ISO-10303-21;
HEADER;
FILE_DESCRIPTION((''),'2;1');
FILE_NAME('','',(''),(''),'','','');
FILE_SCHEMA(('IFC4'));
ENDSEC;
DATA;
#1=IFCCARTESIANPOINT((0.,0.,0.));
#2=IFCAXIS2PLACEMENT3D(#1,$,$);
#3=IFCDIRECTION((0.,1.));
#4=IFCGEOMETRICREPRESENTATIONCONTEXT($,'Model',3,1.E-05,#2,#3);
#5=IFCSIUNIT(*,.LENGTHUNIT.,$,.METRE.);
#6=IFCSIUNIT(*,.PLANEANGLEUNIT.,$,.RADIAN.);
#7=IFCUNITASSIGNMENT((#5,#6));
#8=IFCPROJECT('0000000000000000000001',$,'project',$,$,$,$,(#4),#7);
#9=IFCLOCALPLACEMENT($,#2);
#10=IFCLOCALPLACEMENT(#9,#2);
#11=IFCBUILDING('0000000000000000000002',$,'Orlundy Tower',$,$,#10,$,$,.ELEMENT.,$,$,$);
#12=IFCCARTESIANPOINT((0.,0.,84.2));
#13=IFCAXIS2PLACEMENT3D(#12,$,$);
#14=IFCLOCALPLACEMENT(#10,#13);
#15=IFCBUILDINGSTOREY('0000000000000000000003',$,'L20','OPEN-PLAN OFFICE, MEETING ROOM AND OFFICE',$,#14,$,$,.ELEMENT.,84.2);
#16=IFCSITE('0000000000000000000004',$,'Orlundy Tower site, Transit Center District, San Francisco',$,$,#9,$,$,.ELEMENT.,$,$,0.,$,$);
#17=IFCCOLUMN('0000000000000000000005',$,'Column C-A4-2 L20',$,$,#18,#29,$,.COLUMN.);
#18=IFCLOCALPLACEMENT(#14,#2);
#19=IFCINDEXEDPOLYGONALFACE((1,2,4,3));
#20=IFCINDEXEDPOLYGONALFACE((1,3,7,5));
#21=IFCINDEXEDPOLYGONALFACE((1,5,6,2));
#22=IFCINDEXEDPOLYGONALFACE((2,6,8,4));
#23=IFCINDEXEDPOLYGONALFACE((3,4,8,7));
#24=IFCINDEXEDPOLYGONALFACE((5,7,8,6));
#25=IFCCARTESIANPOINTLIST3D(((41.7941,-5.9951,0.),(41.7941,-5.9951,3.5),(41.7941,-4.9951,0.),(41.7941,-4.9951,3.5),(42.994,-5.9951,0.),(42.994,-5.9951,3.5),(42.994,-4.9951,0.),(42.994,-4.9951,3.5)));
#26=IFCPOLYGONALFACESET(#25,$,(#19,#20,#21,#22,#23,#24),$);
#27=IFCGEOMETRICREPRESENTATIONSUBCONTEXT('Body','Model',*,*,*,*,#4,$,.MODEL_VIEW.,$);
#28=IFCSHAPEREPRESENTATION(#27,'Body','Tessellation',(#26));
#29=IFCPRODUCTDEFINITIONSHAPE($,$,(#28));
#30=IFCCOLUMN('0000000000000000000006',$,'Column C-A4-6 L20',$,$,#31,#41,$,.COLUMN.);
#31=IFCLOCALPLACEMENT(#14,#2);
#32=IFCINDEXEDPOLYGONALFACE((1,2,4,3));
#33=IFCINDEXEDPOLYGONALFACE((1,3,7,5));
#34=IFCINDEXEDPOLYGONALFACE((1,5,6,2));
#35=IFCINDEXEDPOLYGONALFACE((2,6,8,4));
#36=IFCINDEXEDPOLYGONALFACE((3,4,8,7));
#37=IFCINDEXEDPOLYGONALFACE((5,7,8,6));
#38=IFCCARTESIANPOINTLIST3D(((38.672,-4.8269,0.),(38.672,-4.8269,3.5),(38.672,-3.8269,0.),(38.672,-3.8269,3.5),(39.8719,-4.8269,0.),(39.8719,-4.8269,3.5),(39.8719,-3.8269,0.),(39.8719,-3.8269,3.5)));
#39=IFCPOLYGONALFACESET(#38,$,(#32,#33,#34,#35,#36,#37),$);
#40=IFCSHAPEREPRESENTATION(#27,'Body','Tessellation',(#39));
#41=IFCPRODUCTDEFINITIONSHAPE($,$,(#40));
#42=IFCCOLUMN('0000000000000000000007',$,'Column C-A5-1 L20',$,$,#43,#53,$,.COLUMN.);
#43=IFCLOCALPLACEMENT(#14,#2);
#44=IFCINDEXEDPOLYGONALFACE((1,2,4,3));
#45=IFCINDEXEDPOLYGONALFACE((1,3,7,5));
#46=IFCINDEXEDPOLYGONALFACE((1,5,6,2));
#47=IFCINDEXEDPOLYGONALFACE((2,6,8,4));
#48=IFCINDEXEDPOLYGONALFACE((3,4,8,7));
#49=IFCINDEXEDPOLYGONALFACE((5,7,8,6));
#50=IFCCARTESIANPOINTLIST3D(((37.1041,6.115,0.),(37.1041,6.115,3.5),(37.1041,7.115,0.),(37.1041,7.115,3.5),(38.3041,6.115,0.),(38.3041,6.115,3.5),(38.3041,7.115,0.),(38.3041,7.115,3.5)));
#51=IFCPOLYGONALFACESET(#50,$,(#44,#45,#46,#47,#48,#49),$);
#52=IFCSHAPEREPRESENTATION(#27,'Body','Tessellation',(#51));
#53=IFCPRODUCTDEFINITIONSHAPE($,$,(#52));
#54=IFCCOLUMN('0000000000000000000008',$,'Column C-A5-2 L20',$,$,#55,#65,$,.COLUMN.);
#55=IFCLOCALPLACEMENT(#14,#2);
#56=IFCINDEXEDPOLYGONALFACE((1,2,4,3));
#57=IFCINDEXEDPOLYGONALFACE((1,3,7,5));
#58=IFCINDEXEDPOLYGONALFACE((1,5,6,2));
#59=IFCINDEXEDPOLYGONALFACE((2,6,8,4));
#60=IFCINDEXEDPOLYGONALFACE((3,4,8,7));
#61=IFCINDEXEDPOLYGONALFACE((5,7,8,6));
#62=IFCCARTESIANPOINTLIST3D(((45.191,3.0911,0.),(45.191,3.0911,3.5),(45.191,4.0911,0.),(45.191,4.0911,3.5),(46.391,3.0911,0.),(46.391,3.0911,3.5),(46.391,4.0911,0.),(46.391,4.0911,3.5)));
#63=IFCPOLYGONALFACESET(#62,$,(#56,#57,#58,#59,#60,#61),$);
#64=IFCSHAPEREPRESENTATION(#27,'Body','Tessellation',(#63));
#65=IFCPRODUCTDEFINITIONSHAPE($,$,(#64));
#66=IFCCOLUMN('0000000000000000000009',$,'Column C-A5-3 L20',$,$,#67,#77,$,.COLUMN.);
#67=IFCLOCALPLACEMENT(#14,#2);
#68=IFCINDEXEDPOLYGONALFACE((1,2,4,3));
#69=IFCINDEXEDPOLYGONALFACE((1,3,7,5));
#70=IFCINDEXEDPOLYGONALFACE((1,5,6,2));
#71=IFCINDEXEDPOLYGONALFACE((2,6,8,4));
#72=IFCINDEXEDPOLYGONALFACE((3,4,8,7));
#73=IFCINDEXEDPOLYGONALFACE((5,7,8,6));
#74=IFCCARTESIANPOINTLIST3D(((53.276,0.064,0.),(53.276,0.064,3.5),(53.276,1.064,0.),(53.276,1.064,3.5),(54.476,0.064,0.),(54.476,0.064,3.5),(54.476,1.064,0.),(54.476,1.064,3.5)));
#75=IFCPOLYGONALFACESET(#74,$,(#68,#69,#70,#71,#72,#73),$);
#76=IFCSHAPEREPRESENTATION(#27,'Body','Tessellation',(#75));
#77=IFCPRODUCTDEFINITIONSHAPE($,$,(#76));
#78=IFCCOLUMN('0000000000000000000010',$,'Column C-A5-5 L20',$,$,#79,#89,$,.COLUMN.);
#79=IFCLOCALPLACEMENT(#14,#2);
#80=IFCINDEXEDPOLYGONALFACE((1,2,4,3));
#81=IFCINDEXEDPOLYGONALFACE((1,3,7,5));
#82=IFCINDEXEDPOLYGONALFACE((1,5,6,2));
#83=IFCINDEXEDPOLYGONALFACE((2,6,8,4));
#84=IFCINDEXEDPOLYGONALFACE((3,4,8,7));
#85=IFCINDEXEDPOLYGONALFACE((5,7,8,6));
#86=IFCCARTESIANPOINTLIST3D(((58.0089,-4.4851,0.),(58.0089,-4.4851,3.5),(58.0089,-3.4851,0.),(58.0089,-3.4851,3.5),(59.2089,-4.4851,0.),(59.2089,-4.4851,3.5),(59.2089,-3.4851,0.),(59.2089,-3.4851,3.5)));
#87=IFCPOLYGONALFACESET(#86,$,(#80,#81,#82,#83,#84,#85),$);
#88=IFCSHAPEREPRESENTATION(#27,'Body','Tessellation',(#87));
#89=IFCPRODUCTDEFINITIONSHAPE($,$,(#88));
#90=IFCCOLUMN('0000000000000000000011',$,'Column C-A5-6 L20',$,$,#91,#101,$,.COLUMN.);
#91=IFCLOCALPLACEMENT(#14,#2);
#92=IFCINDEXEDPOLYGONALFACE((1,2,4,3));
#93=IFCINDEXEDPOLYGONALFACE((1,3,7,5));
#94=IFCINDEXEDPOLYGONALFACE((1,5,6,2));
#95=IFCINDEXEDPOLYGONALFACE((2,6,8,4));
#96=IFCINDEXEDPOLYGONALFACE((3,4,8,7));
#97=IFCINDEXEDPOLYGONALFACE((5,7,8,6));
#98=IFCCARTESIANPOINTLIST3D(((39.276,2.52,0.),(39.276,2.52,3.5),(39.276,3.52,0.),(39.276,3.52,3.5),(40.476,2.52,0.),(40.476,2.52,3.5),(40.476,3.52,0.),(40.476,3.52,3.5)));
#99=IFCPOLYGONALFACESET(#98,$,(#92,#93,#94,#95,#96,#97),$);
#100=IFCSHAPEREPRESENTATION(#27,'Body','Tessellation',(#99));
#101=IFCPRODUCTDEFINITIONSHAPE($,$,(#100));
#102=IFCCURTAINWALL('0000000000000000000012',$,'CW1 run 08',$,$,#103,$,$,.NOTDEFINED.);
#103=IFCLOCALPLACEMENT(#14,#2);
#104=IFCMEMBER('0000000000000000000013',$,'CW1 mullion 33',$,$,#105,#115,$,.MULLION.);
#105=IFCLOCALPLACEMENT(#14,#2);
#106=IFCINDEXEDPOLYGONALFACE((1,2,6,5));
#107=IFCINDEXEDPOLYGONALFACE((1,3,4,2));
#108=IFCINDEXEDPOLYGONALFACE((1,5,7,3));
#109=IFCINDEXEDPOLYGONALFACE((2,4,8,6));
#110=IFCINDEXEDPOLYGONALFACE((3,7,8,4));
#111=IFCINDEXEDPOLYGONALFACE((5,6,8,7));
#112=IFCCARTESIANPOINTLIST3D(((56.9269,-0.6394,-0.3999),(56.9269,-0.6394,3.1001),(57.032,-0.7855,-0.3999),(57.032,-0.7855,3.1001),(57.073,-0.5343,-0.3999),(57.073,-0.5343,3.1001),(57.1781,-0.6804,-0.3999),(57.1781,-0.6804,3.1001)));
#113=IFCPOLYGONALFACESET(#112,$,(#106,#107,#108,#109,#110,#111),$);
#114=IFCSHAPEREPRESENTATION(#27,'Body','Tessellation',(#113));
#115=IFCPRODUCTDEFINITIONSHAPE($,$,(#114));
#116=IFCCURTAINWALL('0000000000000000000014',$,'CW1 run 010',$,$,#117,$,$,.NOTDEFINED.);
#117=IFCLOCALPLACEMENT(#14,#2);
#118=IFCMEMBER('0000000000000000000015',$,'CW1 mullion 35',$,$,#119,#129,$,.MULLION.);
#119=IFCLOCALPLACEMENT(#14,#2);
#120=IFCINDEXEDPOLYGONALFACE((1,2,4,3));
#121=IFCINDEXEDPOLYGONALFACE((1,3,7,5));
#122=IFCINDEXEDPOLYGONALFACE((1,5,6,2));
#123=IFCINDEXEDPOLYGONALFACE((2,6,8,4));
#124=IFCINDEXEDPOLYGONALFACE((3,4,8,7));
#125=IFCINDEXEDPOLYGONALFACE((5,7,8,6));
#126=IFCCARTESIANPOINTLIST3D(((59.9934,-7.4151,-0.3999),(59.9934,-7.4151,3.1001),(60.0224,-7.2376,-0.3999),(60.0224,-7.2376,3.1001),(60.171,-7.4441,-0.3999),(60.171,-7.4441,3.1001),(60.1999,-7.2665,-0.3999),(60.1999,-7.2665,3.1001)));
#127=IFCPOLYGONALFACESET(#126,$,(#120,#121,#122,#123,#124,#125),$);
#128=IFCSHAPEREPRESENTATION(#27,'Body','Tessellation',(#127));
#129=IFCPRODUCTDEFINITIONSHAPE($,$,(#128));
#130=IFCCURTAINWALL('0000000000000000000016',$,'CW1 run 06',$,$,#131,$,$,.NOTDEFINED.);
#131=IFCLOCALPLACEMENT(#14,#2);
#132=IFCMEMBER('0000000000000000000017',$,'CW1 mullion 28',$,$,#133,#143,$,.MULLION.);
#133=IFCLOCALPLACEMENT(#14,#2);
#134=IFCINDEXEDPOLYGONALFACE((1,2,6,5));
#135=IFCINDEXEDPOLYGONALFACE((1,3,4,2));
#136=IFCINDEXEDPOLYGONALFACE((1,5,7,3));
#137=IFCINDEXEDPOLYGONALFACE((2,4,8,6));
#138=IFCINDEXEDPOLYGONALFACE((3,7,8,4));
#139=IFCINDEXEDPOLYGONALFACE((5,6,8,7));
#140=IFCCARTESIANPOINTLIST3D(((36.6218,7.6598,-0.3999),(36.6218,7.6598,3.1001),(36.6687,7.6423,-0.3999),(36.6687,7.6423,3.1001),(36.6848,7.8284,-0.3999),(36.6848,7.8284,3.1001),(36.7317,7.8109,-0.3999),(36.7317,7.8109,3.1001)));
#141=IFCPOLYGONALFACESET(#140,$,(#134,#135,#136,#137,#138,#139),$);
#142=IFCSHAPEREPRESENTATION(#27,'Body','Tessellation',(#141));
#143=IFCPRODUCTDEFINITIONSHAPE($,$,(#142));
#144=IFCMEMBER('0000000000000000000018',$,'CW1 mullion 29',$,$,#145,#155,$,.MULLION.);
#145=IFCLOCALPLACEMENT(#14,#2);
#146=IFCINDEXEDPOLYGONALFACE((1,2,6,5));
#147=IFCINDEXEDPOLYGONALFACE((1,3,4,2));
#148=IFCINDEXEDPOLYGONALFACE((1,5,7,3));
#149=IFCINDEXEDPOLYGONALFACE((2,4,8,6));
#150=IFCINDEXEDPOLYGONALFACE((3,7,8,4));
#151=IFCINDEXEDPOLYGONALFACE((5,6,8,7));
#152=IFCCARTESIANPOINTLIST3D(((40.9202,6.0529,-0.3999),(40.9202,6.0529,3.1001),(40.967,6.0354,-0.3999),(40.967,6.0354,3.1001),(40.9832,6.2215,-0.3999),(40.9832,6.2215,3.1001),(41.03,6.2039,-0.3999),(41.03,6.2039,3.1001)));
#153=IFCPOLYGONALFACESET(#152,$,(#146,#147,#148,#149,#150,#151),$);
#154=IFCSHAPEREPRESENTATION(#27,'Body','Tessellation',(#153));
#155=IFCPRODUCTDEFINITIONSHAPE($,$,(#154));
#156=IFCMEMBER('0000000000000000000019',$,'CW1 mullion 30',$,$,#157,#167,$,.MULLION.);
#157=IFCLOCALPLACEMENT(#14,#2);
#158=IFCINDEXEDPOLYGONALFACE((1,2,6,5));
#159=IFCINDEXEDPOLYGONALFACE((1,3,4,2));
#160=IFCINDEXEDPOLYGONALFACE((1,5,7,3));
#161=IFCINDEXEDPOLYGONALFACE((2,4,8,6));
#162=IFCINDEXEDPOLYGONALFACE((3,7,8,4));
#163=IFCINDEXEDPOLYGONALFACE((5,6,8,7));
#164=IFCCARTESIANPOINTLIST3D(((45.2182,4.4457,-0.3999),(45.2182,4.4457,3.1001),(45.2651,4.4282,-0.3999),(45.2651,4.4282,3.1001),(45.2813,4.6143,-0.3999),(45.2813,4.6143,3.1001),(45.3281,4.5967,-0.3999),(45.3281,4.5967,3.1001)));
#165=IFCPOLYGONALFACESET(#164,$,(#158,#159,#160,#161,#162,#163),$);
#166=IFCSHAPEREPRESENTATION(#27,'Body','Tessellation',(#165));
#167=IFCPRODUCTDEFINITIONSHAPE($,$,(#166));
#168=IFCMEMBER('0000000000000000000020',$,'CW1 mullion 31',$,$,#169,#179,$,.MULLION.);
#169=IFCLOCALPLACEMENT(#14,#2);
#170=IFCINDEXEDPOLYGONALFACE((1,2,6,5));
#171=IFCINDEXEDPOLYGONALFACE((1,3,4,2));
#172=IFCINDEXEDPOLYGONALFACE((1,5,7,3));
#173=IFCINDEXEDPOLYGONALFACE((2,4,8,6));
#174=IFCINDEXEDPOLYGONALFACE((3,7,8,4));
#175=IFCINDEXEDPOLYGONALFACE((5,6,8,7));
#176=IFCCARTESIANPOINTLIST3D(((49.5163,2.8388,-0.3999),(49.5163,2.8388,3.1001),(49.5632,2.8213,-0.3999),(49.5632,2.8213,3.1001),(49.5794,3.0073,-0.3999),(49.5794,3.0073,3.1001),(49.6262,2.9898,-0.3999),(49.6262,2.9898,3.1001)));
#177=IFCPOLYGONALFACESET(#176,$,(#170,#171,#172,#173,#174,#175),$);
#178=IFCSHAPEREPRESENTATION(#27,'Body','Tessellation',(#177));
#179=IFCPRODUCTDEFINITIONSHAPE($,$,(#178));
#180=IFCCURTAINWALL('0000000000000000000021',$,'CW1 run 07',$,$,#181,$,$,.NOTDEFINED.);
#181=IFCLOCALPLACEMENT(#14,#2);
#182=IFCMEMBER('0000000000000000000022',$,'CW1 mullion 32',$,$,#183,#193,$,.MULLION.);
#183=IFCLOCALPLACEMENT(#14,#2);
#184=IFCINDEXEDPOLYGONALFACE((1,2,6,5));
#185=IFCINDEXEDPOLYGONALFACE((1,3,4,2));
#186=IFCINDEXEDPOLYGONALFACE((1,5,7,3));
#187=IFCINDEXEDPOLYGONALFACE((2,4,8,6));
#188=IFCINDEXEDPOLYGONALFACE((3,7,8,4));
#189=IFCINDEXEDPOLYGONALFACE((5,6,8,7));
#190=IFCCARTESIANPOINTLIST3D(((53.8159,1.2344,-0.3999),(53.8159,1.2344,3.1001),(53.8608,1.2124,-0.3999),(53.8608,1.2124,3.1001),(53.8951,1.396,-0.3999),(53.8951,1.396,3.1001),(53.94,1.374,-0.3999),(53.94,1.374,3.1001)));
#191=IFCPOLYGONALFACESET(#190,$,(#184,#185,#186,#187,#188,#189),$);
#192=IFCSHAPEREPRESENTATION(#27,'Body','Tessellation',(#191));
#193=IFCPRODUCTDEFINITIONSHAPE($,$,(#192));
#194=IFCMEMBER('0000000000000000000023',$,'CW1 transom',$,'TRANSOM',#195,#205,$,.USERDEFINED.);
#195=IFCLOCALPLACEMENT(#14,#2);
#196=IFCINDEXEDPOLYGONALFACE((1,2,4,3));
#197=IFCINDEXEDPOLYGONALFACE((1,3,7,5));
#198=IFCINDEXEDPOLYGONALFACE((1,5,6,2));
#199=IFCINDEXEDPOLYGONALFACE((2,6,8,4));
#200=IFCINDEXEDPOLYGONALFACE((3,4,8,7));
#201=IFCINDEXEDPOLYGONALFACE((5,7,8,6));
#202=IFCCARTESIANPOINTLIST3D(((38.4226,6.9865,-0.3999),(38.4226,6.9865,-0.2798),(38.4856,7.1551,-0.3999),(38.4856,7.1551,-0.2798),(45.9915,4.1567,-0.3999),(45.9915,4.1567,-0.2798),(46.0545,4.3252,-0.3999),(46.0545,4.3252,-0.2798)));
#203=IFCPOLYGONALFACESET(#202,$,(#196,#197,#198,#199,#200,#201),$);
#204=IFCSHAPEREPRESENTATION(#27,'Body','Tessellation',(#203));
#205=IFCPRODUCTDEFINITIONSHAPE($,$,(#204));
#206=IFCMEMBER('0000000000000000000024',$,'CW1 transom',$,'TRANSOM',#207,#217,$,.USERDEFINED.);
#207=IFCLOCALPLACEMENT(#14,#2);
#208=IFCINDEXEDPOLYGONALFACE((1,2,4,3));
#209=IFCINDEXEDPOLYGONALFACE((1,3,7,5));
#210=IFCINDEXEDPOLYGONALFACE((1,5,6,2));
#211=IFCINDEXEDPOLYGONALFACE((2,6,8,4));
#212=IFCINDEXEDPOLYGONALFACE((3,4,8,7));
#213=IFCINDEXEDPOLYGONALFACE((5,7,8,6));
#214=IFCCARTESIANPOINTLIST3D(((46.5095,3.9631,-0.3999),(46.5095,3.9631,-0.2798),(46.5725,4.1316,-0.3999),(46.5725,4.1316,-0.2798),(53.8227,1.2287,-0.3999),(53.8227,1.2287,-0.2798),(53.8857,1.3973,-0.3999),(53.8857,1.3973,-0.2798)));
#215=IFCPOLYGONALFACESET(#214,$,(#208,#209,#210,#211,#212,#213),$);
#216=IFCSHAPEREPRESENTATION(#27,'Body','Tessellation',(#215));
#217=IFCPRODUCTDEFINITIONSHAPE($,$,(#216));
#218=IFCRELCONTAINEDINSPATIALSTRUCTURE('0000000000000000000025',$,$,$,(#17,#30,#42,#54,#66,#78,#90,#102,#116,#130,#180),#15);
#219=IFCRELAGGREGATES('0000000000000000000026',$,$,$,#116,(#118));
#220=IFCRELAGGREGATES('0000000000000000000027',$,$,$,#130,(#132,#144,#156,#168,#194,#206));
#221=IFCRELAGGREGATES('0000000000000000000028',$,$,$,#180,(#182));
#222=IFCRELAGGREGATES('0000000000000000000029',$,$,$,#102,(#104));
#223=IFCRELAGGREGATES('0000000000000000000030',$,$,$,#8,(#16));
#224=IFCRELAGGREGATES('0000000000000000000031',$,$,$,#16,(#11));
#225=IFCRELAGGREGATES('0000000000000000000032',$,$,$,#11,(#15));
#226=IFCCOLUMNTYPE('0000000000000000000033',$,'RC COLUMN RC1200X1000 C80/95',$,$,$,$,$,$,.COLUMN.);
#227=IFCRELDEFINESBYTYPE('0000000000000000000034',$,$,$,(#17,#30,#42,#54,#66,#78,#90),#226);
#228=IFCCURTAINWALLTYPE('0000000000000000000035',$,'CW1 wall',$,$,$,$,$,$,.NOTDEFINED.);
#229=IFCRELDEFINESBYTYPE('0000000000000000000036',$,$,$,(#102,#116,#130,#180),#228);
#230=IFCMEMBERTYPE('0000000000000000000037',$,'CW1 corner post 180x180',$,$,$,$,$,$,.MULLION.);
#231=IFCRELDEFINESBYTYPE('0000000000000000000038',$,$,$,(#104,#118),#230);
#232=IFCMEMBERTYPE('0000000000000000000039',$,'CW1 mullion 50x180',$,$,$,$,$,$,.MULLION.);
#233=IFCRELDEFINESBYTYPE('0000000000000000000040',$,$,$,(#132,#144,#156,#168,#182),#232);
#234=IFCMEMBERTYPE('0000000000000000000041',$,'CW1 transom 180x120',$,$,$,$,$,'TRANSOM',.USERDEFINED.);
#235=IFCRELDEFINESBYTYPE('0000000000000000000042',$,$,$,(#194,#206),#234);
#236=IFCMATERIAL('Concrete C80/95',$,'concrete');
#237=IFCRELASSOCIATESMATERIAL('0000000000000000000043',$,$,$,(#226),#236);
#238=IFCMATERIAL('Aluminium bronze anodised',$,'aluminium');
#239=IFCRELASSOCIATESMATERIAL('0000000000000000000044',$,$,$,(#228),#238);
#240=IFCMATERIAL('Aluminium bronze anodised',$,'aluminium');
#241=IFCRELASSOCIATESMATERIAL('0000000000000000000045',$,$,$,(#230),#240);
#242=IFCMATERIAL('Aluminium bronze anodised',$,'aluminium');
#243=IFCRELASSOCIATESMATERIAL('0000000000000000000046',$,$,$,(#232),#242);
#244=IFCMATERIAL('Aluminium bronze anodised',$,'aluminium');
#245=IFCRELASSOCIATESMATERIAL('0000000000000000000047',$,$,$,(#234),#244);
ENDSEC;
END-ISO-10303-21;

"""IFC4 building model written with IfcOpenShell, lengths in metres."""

from ifc_helpers import new_model, si_unit, direction, frame, origin, origin_2d, place, context, subcontext, project, spatial, rectangle, extrude, material, material_profile, profile_set, type_object, element, aggregate, save


model = new_model("IFC4")

# Units and contexts
model_context = context("Model", 3, precision=1e-05, world=origin(), true_north=direction((0.0, 1.0)))
body_context = subcontext(model_context, "Body", "Model", "MODEL_VIEW")
ifc_project = project(units=[si_unit("LENGTHUNIT", "METRE"), si_unit("PLANEANGLEUNIT", "RADIAN")], contexts=[model_context])

# Site, building, storey
site_placement = place(None, origin())
site = spatial("IfcSite", under=ifc_project, at=site_placement, Name="Orlundy Tower site, Transit Center District, San Francisco", CompositionType="ELEMENT", RefElevation=0.0)
building_placement = place(site_placement, origin())
building = spatial("IfcBuilding", under=site, at=building_placement, Name="Orlundy Tower", CompositionType="ELEMENT")
storey_placement = place(building_placement, frame((0.0, 0.0, 84.2)))
storey = spatial("IfcBuildingStorey", under=building, at=storey_placement, Name="L20", Description="OPEN-PLAN OFFICE, MEETING ROOM AND OFFICE", CompositionType="ELEMENT", Elevation=84.2)

# Columns
ifc_material_1 = material(Name="Concrete C80/95", Category="concrete")
ifc_material_profile_1 = material_profile(ifc_material_1, rectangle(XDim=1.2, YDim=1.0, at=origin_2d()), Name="RC1200X1000")
ifc_profile_set_1 = profile_set([ifc_material_profile_1], Name="Concrete C80/95")
column_type = type_object("IfcColumnType", Name="RC COLUMN RC1200X1000 C80/95", PredefinedType="COLUMN", material=ifc_profile_set_1)
for number, where, z_axis, x_axis, name in (
    (1, (42.394, -5.4951, 0.0), (0.0, 0.0, 1.0), (1.0, 0.0, 0.0), "Column C-A4-2 L20"),
    (2, (39.272, -4.3269, 0.0), (0.0, 0.0, 1.0), (1.0, 0.0, 0.0), "Column C-A4-6 L20"),
    (3, (37.7041, 6.615, 0.0), (0.0, 0.0, 1.0), (1.0, 0.0, 0.0), "Column C-A5-1 L20"),
    (4, (45.791, 3.5911, 0.0), (0.0, 0.0, 1.0), (1.0, 0.0, 0.0), "Column C-A5-2 L20"),
    (5, (53.876, 0.564, 0.0), (0.0, 0.0, 1.0), (1.0, 0.0, 0.0), "Column C-A5-3 L20"),
    (6, (58.6089, -3.9851, 0.0), (0.0, 0.0, 1.0), (1.0, 0.0, 0.0), "Column C-A5-5 L20"),
    (7, (39.876, 3.02, 0.0), (0.0, 0.0, 1.0), (1.0, 0.0, 0.0), "Column C-A5-6 L20"),
):
    element("IfcColumn", number, at=place(storey_placement, frame(where, z_axis=z_axis, x_axis=x_axis)), inside=storey, type_object=column_type, Name=name, PredefinedType="COLUMN", context=body_context, shape_type="SweptSolid", body=[
        extrude(rectangle(XDim=1.2, YDim=1.0, at=origin_2d()), origin(), (0.0, 0.0, 1.0), 3.5),
    ])

# Curtain walls, members
ifc_material_2 = material(Name="Aluminium bronze anodised", Category="aluminium")
curtain_wall_type = type_object("IfcCurtainWallType", Name="CW1 wall", PredefinedType="NOTDEFINED", material=ifc_material_2)
curtain_wall_1_placement = place(storey_placement, origin())
curtain_wall_1 = element("IfcCurtainWall", 8, at=curtain_wall_1_placement, inside=storey, type_object=curtain_wall_type, Name="CW1 run 08", PredefinedType="NOTDEFINED")
ifc_material_3 = material(Name="Aluminium bronze anodised", Category="aluminium")
ifc_material_profile_2 = material_profile(ifc_material_3, rectangle(XDim=0.1799, YDim=0.1799, at=origin_2d()), Name="CW1 corner post 180x180")
ifc_profile_set_2 = profile_set([ifc_material_profile_2], Name="Aluminium bronze anodised")
member_type_1 = type_object("IfcMemberType", Name="CW1 corner post 180x180", PredefinedType="MULLION", material=ifc_profile_set_2)
member_1_placement = place(storey_placement, frame((57.0525, -0.6599, -0.3999), z_axis=(0.0, 0.0, 1.0), x_axis=(0.811724, 0.584042, 0.0)))
member_1 = element("IfcMember", 9, at=member_1_placement, type_object=member_type_1, Name="CW1 mullion 33", PredefinedType="MULLION", context=body_context, shape_type="SweptSolid", body=[
    extrude(rectangle(XDim=0.1799, YDim=0.1799, at=origin_2d()), origin(), (0.0, 0.0, 1.0), 3.5),
])
curtain_wall_2_placement = place(storey_placement, origin())
curtain_wall_2 = element("IfcCurtainWall", 10, at=curtain_wall_2_placement, inside=storey, type_object=curtain_wall_type, Name="CW1 run 010", PredefinedType="NOTDEFINED")
member_2_placement = place(storey_placement, frame((60.0967, -7.3408, -0.3999), z_axis=(0.0, 0.0, 1.0), x_axis=(0.986985, -0.16081, 0.0)))
member_2 = element("IfcMember", 11, at=member_2_placement, type_object=member_type_1, Name="CW1 mullion 35", PredefinedType="MULLION", context=body_context, shape_type="SweptSolid", body=[
    extrude(rectangle(XDim=0.1799, YDim=0.1799, at=origin_2d()), origin(), (0.0, 0.0, 1.0), 3.5),
])

# Curtain wall, members
curtain_wall_3_placement = place(storey_placement, origin())
curtain_wall_3 = element("IfcCurtainWall", 12, at=curtain_wall_3_placement, inside=storey, type_object=curtain_wall_type, Name="CW1 run 06", PredefinedType="NOTDEFINED")
ifc_material_4 = material(Name="Aluminium bronze anodised", Category="aluminium")
ifc_material_profile_3 = material_profile(ifc_material_4, rectangle(XDim=0.1799, YDim=0.05, at=origin_2d()), Name="CW1 mullion 50x180")
ifc_profile_set_3 = profile_set([ifc_material_profile_3], Name="Aluminium bronze anodised")
member_type_2 = type_object("IfcMemberType", Name="CW1 mullion 50x180", PredefinedType="MULLION", material=ifc_profile_set_3)
member_3_placement = place(storey_placement, frame((36.6768, 7.7354, -0.3999), z_axis=(0.0, 0.0, 1.0), x_axis=(0.350204, 0.936674, 0.0)))
member_3 = element("IfcMember", 13, at=member_3_placement, type_object=member_type_2, Name="CW1 mullion 28", PredefinedType="MULLION", context=body_context, shape_type="SweptSolid", body=[
    extrude(rectangle(XDim=0.1799, YDim=0.05, at=origin_2d()), origin(), (0.0, 0.0, 1.0), 3.5),
])
member_4_placement = place(storey_placement, frame((40.9751, 6.1284, -0.3999), z_axis=(0.0, 0.0, 1.0), x_axis=(0.350204, 0.936674, 0.0)))
member_4 = element("IfcMember", 14, at=member_4_placement, type_object=member_type_2, Name="CW1 mullion 29", PredefinedType="MULLION", context=body_context, shape_type="SweptSolid", body=[
    extrude(rectangle(XDim=0.1799, YDim=0.05, at=origin_2d()), origin(), (0.0, 0.0, 1.0), 3.5),
])
member_5_placement = place(storey_placement, frame((45.2732, 4.5212, -0.3999), z_axis=(0.0, 0.0, 1.0), x_axis=(0.350204, 0.936674, 0.0)))
member_5 = element("IfcMember", 15, at=member_5_placement, type_object=member_type_2, Name="CW1 mullion 30", PredefinedType="MULLION", context=body_context, shape_type="SweptSolid", body=[
    extrude(rectangle(XDim=0.1799, YDim=0.05, at=origin_2d()), origin(), (0.0, 0.0, 1.0), 3.5),
])
member_6_placement = place(storey_placement, frame((49.5713, 2.9143, -0.3999), z_axis=(0.0, 0.0, 1.0), x_axis=(0.350204, 0.936674, 0.0)))
member_6 = element("IfcMember", 16, at=member_6_placement, type_object=member_type_2, Name="CW1 mullion 31", PredefinedType="MULLION", context=body_context, shape_type="SweptSolid", body=[
    extrude(rectangle(XDim=0.1799, YDim=0.05, at=origin_2d()), origin(), (0.0, 0.0, 1.0), 3.5),
])

# Curtain wall, member
curtain_wall_4_placement = place(storey_placement, origin())
curtain_wall_4 = element("IfcCurtainWall", 17, at=curtain_wall_4_placement, inside=storey, type_object=curtain_wall_type, Name="CW1 run 07", PredefinedType="NOTDEFINED")
member_7_placement = place(storey_placement, frame((53.8779, 1.3042, -0.3999), z_axis=(0.0, 0.0, 1.0), x_axis=(0.440276, 0.897862, 0.0)))
member_7 = element("IfcMember", 18, at=member_7_placement, type_object=member_type_2, Name="CW1 mullion 32", PredefinedType="MULLION", context=body_context, shape_type="SweptSolid", body=[
    extrude(rectangle(XDim=0.1799, YDim=0.05, at=origin_2d()), origin(), (0.0, 0.0, 1.0), 3.5),
])

# Members
ifc_material_5 = material(Name="Aluminium bronze anodised", Category="aluminium")
ifc_material_profile_4 = material_profile(ifc_material_5, rectangle(XDim=0.1799, YDim=0.1201, at=origin_2d()), Name="CW1 transom 180x120")
ifc_profile_set_4 = profile_set([ifc_material_profile_4], Name="Aluminium bronze anodised")
member_type_3 = type_object("IfcMemberType", Name="CW1 transom 180x120", ElementType="TRANSOM", PredefinedType="USERDEFINED", material=ifc_profile_set_4)
member_8_placement = place(storey_placement, frame((38.4541, 7.0708, -0.3398), z_axis=(0.936674, -0.350203, 0.0), x_axis=(0.350203, 0.936674, 0.0)))
member_8 = element("IfcMember", 19, at=member_8_placement, type_object=member_type_3, Name="CW1 transom", ObjectType="TRANSOM", PredefinedType="USERDEFINED", context=body_context, shape_type="SweptSolid", body=[
    extrude(rectangle(XDim=0.1799, YDim=0.1201, at=origin_2d()), origin(), (0.0, 0.0, 1.0), 8.0806),
])
member_9_placement = place(storey_placement, frame((46.541, 4.0474, -0.3398), z_axis=(0.936669, -0.350215, 0.0), x_axis=(0.350215, 0.936669, 0.0)))
member_9 = element("IfcMember", 20, at=member_9_placement, type_object=member_type_3, Name="CW1 transom", ObjectType="TRANSOM", PredefinedType="USERDEFINED", context=body_context, shape_type="SweptSolid", body=[
    extrude(rectangle(XDim=0.1799, YDim=0.1201, at=origin_2d()), origin(), (0.0, 0.0, 1.0), 7.8076),
])

aggregate(curtain_wall_2, [member_2])

aggregate(curtain_wall_3, [member_3, member_4, member_5, member_6, member_8, member_9])
aggregate(curtain_wall_4, [member_7])
aggregate(curtain_wall_1, [member_1])

save(model, "model.ifc")
